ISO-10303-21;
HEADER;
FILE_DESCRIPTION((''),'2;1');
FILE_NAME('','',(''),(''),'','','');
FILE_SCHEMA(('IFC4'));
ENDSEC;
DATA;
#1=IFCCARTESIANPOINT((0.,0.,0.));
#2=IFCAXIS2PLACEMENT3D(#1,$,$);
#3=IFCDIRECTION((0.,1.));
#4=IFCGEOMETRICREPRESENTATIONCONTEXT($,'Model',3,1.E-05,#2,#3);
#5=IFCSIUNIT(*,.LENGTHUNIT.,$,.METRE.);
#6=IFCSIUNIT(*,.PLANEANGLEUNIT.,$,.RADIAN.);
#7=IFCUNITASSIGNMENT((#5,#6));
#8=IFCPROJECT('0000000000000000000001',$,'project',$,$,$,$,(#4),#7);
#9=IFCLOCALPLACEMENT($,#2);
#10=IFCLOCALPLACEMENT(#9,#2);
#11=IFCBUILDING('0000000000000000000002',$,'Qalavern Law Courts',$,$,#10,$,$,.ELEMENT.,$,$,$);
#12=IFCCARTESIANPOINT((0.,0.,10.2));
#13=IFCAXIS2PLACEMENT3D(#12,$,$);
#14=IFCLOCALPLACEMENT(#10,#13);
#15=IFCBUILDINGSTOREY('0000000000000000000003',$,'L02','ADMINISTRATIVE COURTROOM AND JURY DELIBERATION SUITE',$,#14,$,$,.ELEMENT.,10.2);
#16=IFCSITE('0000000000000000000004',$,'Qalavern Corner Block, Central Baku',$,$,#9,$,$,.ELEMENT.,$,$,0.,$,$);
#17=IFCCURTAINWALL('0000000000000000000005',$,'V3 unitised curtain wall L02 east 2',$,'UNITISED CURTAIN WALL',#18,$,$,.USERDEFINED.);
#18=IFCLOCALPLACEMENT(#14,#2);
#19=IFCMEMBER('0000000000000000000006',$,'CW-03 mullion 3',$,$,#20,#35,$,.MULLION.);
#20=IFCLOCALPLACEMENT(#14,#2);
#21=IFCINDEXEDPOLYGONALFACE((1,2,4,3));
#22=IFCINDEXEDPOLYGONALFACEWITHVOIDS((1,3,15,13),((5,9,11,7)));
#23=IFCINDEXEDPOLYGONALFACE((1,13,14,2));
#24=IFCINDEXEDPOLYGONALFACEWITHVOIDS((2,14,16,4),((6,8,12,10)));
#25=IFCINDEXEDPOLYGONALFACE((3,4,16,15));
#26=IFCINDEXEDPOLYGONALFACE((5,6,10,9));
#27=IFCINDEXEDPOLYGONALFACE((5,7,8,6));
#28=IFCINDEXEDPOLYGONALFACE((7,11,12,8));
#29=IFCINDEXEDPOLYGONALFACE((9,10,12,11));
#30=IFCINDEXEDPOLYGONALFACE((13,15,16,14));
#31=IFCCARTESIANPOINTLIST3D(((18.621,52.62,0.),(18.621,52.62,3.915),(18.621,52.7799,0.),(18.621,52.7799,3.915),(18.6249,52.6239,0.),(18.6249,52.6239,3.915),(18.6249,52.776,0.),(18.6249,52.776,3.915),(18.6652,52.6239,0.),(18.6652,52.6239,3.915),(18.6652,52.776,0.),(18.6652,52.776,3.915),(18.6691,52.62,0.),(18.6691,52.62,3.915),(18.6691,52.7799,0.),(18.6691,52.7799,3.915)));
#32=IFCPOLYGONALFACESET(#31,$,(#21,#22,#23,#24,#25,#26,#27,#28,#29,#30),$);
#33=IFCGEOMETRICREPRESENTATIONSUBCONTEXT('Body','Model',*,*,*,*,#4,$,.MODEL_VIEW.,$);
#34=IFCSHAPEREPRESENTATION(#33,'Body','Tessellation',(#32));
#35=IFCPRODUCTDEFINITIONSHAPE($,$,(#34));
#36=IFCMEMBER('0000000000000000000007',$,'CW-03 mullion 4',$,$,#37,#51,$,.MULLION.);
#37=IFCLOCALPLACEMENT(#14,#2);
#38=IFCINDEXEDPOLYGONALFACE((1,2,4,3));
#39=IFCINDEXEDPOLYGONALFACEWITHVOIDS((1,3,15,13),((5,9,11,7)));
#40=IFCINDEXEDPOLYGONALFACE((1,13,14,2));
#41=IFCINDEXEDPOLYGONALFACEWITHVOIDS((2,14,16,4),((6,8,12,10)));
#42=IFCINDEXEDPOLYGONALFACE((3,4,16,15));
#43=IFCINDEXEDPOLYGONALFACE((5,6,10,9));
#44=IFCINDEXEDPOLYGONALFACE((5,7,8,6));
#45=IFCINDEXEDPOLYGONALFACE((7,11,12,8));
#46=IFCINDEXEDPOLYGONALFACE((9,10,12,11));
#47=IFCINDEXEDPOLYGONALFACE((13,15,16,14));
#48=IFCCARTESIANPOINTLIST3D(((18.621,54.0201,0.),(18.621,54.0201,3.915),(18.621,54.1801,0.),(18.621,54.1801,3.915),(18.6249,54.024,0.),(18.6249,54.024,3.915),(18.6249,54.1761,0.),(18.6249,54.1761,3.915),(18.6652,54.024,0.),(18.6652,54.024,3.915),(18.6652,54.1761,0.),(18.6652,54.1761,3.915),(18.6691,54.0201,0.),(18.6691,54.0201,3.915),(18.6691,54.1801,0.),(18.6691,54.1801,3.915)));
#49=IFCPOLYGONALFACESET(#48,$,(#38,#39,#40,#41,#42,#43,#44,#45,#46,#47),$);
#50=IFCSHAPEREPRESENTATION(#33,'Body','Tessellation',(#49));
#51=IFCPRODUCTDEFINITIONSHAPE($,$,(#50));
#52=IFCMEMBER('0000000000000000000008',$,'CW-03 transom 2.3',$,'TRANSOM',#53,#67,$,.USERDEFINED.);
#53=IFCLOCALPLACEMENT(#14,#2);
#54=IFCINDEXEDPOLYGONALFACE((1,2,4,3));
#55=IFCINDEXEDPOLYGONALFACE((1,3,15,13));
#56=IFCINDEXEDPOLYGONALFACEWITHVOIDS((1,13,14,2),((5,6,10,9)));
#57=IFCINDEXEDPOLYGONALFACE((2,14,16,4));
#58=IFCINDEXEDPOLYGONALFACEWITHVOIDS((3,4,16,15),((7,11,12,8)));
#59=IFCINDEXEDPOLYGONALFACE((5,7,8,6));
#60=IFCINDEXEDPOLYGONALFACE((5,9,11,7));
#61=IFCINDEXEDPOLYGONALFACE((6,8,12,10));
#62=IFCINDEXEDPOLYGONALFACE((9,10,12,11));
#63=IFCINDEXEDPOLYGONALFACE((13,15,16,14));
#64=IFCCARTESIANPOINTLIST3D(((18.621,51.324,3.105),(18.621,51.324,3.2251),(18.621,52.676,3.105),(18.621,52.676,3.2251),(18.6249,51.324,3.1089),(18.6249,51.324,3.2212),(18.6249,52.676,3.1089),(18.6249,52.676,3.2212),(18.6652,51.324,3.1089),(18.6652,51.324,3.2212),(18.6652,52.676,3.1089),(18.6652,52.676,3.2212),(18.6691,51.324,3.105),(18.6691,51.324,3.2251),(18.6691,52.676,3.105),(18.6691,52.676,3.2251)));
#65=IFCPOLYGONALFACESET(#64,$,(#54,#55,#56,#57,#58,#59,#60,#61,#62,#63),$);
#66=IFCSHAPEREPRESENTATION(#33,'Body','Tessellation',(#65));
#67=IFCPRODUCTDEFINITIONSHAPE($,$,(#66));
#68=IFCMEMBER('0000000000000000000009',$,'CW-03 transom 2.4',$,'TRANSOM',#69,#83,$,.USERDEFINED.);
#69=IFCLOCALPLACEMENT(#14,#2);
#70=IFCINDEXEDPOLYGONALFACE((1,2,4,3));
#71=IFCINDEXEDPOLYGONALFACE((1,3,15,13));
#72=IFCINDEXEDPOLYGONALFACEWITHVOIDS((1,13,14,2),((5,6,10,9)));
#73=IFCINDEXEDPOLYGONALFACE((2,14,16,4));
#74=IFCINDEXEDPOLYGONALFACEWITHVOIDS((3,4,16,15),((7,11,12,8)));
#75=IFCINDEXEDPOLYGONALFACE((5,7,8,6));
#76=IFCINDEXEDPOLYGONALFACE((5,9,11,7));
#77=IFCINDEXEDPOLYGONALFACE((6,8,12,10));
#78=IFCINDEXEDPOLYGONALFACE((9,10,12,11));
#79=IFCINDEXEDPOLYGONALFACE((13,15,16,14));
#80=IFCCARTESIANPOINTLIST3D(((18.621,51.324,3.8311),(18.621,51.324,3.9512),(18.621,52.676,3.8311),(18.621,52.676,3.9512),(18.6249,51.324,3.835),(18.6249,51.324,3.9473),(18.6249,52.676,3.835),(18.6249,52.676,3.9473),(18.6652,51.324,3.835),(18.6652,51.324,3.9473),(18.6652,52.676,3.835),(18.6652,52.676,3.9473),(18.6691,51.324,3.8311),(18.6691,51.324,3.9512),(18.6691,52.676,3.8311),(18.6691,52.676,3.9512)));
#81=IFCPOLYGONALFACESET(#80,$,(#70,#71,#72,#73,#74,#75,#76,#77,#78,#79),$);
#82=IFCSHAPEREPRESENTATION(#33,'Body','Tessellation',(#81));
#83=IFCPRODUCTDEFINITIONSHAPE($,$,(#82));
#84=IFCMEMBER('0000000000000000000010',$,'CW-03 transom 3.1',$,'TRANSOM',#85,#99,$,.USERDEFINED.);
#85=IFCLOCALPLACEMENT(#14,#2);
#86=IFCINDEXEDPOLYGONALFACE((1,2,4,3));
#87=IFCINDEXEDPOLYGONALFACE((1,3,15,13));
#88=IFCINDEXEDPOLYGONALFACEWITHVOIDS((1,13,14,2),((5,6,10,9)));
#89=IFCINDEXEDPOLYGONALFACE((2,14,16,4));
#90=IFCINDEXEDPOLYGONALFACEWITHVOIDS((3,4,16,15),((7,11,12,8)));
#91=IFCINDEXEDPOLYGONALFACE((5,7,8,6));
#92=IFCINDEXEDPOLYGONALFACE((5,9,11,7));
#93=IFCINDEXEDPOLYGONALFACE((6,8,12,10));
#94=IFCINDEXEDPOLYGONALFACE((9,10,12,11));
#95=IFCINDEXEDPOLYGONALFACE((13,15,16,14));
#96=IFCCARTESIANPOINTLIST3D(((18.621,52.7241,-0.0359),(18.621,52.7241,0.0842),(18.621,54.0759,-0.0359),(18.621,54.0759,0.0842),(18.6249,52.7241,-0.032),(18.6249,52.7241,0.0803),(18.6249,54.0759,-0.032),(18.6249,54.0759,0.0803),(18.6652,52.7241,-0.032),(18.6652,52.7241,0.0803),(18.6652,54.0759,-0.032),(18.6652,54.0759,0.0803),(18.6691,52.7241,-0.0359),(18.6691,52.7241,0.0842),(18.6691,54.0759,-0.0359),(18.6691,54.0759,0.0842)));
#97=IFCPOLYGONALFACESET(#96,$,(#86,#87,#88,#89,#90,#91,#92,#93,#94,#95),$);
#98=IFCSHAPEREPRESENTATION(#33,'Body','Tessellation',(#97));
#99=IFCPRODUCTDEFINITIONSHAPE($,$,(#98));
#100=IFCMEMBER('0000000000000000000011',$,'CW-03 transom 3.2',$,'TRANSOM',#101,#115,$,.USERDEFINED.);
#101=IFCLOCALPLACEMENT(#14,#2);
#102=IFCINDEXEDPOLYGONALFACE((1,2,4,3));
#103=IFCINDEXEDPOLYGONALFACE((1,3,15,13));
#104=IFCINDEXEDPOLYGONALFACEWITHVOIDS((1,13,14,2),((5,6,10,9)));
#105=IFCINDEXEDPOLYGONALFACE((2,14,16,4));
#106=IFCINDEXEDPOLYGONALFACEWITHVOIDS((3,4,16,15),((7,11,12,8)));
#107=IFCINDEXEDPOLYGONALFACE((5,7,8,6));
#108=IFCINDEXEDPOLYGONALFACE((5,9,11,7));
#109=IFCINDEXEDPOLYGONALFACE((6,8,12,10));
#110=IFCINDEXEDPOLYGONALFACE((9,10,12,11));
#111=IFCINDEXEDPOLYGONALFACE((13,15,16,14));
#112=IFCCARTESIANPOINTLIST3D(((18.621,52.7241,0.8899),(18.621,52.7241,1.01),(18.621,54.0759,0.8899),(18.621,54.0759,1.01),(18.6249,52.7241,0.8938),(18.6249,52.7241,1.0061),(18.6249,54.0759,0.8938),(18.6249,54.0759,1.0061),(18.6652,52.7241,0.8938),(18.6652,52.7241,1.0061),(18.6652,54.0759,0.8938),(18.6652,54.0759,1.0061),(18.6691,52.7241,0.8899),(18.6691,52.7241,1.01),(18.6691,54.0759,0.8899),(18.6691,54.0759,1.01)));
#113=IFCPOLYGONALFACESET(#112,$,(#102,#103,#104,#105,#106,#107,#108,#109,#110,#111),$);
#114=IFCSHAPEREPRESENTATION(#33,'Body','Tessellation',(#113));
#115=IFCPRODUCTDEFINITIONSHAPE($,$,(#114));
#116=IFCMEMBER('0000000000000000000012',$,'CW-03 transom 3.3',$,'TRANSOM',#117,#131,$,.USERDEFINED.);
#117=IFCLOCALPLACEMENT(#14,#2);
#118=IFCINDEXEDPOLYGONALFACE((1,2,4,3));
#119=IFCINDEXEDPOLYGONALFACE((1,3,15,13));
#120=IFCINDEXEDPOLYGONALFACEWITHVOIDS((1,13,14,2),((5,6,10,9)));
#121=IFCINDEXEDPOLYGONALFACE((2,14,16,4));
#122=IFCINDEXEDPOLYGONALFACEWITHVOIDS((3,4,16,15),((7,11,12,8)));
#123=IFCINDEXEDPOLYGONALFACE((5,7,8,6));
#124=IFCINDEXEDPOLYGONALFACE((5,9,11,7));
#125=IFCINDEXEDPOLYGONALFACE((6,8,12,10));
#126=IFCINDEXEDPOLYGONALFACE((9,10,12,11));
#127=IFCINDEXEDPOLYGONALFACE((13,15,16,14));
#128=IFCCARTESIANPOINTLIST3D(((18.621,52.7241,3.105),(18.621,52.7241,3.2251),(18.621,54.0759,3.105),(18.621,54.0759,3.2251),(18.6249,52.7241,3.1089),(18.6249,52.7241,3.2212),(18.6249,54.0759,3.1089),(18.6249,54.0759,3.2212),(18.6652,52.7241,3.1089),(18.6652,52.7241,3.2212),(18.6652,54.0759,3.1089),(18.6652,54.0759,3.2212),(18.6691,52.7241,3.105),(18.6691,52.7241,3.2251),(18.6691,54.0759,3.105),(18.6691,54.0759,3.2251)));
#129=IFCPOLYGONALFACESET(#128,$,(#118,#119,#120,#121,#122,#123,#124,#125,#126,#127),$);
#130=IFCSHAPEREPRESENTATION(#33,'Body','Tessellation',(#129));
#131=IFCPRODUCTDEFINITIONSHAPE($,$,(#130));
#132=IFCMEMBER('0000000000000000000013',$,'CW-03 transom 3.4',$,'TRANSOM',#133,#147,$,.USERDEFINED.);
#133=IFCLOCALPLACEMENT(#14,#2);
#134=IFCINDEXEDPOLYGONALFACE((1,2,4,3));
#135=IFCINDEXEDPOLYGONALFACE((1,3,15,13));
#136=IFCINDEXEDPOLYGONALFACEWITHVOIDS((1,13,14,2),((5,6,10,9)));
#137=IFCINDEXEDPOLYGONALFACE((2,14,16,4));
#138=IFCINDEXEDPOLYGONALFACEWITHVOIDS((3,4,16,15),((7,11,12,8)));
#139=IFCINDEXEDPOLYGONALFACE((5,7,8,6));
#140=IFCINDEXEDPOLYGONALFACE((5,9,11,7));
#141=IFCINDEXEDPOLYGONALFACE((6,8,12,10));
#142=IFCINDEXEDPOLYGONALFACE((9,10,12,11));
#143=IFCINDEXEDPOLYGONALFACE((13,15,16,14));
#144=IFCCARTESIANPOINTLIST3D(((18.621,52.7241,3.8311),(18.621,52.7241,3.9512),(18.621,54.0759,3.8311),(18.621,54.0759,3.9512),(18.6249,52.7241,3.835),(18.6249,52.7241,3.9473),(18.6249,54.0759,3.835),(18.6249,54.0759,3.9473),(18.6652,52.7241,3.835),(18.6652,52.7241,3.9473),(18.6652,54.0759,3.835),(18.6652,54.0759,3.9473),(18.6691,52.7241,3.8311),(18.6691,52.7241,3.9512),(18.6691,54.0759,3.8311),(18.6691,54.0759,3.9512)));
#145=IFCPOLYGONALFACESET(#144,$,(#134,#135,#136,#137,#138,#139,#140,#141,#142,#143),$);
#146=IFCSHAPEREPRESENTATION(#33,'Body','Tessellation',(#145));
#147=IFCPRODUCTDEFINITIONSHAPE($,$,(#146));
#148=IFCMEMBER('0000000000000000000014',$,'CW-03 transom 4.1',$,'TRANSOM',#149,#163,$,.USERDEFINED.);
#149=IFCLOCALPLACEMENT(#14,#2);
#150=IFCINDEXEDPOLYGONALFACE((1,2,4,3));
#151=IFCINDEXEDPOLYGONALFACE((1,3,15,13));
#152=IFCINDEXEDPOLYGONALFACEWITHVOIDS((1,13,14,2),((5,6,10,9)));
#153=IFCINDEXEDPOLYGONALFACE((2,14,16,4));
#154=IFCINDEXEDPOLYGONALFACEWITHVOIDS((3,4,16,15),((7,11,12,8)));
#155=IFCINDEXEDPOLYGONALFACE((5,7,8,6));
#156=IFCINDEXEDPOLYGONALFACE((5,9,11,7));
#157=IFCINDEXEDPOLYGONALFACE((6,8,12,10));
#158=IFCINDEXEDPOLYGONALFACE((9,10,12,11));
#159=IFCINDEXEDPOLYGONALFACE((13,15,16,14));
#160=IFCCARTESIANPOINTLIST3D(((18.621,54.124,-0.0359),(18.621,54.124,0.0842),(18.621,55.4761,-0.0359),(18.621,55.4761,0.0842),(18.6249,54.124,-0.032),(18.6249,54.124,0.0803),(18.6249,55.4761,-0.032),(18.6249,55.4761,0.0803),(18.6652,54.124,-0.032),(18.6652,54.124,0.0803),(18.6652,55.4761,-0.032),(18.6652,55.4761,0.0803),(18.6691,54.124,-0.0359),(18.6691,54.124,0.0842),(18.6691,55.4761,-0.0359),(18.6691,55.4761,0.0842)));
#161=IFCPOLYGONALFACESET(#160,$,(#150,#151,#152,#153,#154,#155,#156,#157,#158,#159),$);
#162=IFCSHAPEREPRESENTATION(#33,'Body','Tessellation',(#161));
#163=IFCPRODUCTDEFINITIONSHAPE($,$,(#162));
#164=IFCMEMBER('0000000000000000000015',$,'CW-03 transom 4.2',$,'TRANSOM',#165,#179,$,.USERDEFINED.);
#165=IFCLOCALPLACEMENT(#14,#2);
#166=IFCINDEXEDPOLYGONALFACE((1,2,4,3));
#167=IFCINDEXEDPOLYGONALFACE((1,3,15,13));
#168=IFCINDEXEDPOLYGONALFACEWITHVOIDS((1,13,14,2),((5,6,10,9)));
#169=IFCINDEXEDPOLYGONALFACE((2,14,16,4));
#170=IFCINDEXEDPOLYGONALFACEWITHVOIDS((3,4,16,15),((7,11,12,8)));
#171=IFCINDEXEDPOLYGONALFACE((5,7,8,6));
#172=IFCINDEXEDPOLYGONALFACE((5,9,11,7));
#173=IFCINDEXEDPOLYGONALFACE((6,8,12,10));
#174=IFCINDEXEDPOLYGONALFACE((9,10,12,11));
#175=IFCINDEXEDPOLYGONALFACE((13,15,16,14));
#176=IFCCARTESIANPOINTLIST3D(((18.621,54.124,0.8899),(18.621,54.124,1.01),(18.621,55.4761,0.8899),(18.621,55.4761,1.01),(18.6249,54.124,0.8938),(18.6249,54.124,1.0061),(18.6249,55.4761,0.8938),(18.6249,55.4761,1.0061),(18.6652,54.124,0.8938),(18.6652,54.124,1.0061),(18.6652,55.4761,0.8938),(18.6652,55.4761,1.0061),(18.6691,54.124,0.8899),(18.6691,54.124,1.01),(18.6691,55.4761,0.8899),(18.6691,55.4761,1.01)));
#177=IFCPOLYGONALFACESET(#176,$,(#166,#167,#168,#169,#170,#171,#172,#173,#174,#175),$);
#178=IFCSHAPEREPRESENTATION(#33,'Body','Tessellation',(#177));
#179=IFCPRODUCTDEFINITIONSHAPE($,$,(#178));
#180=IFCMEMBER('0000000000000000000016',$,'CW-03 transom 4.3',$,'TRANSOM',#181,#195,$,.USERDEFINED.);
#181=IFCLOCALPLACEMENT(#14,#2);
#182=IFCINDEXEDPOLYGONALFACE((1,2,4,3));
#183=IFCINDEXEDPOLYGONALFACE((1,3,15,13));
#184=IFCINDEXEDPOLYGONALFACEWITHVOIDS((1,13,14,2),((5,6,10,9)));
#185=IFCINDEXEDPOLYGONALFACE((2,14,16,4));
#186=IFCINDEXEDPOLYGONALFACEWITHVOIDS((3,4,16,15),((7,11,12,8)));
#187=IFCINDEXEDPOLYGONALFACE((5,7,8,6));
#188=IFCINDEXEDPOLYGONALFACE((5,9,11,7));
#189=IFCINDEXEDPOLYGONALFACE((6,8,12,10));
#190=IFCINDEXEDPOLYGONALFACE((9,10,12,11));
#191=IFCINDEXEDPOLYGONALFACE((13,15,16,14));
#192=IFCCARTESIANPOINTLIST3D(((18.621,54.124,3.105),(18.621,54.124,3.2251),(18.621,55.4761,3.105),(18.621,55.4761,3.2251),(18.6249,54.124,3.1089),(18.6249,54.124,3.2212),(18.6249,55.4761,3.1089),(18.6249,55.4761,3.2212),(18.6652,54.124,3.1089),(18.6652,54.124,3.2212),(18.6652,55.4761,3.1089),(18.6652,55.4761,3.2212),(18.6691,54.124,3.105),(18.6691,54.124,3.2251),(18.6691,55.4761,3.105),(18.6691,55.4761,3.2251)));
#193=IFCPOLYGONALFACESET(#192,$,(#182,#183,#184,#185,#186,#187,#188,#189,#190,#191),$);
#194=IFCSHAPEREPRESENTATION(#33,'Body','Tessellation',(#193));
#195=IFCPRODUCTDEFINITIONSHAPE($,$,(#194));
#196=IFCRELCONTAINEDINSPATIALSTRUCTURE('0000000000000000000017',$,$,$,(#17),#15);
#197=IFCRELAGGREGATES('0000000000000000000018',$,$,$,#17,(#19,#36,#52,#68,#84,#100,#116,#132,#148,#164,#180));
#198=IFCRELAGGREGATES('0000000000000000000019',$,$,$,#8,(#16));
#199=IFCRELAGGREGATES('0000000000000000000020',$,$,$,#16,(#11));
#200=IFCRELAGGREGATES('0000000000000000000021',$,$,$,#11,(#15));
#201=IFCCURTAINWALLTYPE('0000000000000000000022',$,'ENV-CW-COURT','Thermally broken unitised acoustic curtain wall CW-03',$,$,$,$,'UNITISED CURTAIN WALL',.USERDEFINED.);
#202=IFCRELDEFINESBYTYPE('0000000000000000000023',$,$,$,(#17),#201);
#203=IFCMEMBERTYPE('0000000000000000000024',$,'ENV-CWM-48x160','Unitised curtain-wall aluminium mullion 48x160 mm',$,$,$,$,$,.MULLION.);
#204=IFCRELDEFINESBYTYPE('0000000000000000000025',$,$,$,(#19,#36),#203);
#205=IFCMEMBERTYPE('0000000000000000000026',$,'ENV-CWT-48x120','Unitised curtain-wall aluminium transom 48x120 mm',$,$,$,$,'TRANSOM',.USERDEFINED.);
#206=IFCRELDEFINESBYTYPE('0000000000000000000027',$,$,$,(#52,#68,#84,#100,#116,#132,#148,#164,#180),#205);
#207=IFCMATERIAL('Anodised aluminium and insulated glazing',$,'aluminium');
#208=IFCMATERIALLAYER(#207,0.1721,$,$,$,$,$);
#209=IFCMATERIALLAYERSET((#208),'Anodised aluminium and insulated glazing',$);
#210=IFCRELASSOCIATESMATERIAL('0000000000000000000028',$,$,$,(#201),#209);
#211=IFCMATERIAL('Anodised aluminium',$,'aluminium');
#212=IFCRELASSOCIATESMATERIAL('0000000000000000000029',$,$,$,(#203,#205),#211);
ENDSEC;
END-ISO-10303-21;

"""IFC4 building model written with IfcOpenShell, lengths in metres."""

from ifc_helpers import new_model, si_unit, direction, frame, origin, origin_2d, place, context, subcontext, project, spatial, hollow_rectangle, extrude, material, layer, layer_set, material_profile, profile_set, type_object, element, aggregate, save


model = new_model("IFC4")

# Units and contexts
model_context = context("Model", 3, precision=1e-05, world=origin(), true_north=direction((0.0, 1.0)))
body_context = subcontext(model_context, "Body", "Model", "MODEL_VIEW")
ifc_project = project(units=[si_unit("LENGTHUNIT", "METRE"), si_unit("PLANEANGLEUNIT", "RADIAN")], contexts=[model_context])

# Site, building, storey
site_placement = place(None, origin())
site = spatial("IfcSite", under=ifc_project, at=site_placement, Name="Qalavern Corner Block, Central Baku", CompositionType="ELEMENT", RefElevation=0.0)
building_placement = place(site_placement, origin())
building = spatial("IfcBuilding", under=site, at=building_placement, Name="Qalavern Law Courts", CompositionType="ELEMENT")
storey_placement = place(building_placement, frame((0.0, 0.0, 10.2)))
storey = spatial("IfcBuildingStorey", under=building, at=storey_placement, Name="L02", Description="ADMINISTRATIVE COURTROOM AND JURY DELIBERATION SUITE", CompositionType="ELEMENT", Elevation=10.2)

# Curtain wall, members
ifc_material_1 = material(Name="Anodised aluminium and insulated glazing", Category="aluminium")
ifc_layer_1 = layer(ifc_material_1, 0.1721)
ifc_layer_set_1 = layer_set([ifc_layer_1], Name="Anodised aluminium and insulated glazing")
curtain_wall_type = type_object("IfcCurtainWallType", Name="ENV-CW-COURT", Description="Thermally broken unitised acoustic curtain wall CW-03", ElementType="UNITISED CURTAIN WALL", PredefinedType="USERDEFINED", material=ifc_layer_set_1)
curtain_wall_placement = place(storey_placement, origin())
curtain_wall = element("IfcCurtainWall", 1, at=curtain_wall_placement, inside=storey, type_object=curtain_wall_type, Name="V3 unitised curtain wall L02 east 2", ObjectType="UNITISED CURTAIN WALL", PredefinedType="USERDEFINED")
ifc_material_2 = material(Name="Anodised aluminium", Category="aluminium")
ifc_material_profile_1 = material_profile(ifc_material_2, hollow_rectangle(XDim=0.0481, YDim=0.1599, WallThickness=0.0039, at=origin_2d()), Name="ALU MULLION 48x160")
ifc_profile_set_1 = profile_set([ifc_material_profile_1], Name="Anodised aluminium")
member_type_1 = type_object("IfcMemberType", Name="ENV-CWM-48x160", Description="Unitised curtain-wall aluminium mullion 48x160 mm", PredefinedType="MULLION", material=ifc_profile_set_1)
member_1_placement = place(storey_placement, frame((18.645, 52.7, 0.0), z_axis=(0.0, 0.0, 1.0), x_axis=(-1.0, 0.0, 0.0)))
member_1 = element("IfcMember", 2, at=member_1_placement, type_object=member_type_1, Name="CW-03 mullion 3", PredefinedType="MULLION", context=body_context, shape_type="SweptSolid", body=[
    extrude(hollow_rectangle(XDim=0.0481, YDim=0.1599, WallThickness=0.0039, at=origin_2d()), origin(), (0.0, 0.0, 1.0), 3.915),
])
member_2_placement = place(storey_placement, frame((18.645, 54.1001, 0.0), z_axis=(0.0, 0.0, 1.0), x_axis=(-1.0, 0.0, 0.0)))
member_2 = element("IfcMember", 3, at=member_2_placement, type_object=member_type_1, Name="CW-03 mullion 4", PredefinedType="MULLION", context=body_context, shape_type="SweptSolid", body=[
    extrude(hollow_rectangle(XDim=0.0481, YDim=0.1599, WallThickness=0.0039, at=origin_2d()), origin(), (0.0, 0.0, 1.0), 3.915),
])
ifc_material_profile_2 = material_profile(ifc_material_2, hollow_rectangle(XDim=0.0481, YDim=0.1201, WallThickness=0.0039, at=origin_2d()), Name="ALU TRANSOM 48x120")
ifc_profile_set_2 = profile_set([ifc_material_profile_2], Name="Anodised aluminium")
member_type_2 = type_object("IfcMemberType", Name="ENV-CWT-48x120", Description="Unitised curtain-wall aluminium transom 48x120 mm", ElementType="TRANSOM", PredefinedType="USERDEFINED", material=ifc_profile_set_2)
member_3_placement = place(storey_placement, frame((18.645, 51.324, 3.165), z_axis=(0.0, 1.0, 0.0), x_axis=(-1.0, 0.0, 0.0)))
member_3 = element("IfcMember", 4, at=member_3_placement, type_object=member_type_2, Name="CW-03 transom 2.3", ObjectType="TRANSOM", PredefinedType="USERDEFINED", context=body_context, shape_type="SweptSolid", body=[
    extrude(hollow_rectangle(XDim=0.0481, YDim=0.1201, WallThickness=0.0039, at=origin_2d()), origin(), (0.0, 0.0, 1.0), 1.3521),
])
member_4_placement = place(storey_placement, frame((18.645, 51.324, 3.8911), z_axis=(0.0, 1.0, 0.0), x_axis=(-1.0, 0.0, 0.0)))
member_4 = element("IfcMember", 5, at=member_4_placement, type_object=member_type_2, Name="CW-03 transom 2.4", ObjectType="TRANSOM", PredefinedType="USERDEFINED", context=body_context, shape_type="SweptSolid", body=[
    extrude(hollow_rectangle(XDim=0.0481, YDim=0.1201, WallThickness=0.0039, at=origin_2d()), origin(), (0.0, 0.0, 1.0), 1.3521),
])
member_5_placement = place(storey_placement, frame((18.645, 52.7241, 0.0242), z_axis=(0.0, 1.0, 0.0), x_axis=(-1.0, 0.0, 0.0)))
member_5 = element("IfcMember", 6, at=member_5_placement, type_object=member_type_2, Name="CW-03 transom 3.1", ObjectType="TRANSOM", PredefinedType="USERDEFINED", context=body_context, shape_type="SweptSolid", body=[
    extrude(hollow_rectangle(XDim=0.0481, YDim=0.1201, WallThickness=0.0039, at=origin_2d()), origin(), (0.0, 0.0, 1.0), 1.3518),
])
member_6_placement = place(storey_placement, frame((18.645, 52.7241, 0.95), z_axis=(0.0, 1.0, 0.0), x_axis=(-1.0, 0.0, 0.0)))
member_6 = element("IfcMember", 7, at=member_6_placement, type_object=member_type_2, Name="CW-03 transom 3.2", ObjectType="TRANSOM", PredefinedType="USERDEFINED", context=body_context, shape_type="SweptSolid", body=[
    extrude(hollow_rectangle(XDim=0.0481, YDim=0.1201, WallThickness=0.0039, at=origin_2d()), origin(), (0.0, 0.0, 1.0), 1.3518),
])
member_7_placement = place(storey_placement, frame((18.645, 52.7241, 3.165), z_axis=(0.0, 1.0, 0.0), x_axis=(-1.0, 0.0, 0.0)))
member_7 = element("IfcMember", 8, at=member_7_placement, type_object=member_type_2, Name="CW-03 transom 3.3", ObjectType="TRANSOM", PredefinedType="USERDEFINED", context=body_context, shape_type="SweptSolid", body=[
    extrude(hollow_rectangle(XDim=0.0481, YDim=0.1201, WallThickness=0.0039, at=origin_2d()), origin(), (0.0, 0.0, 1.0), 1.3518),
])
member_8_placement = place(storey_placement, frame((18.645, 52.7241, 3.8911), z_axis=(0.0, 1.0, 0.0), x_axis=(-1.0, 0.0, 0.0)))
member_8 = element("IfcMember", 9, at=member_8_placement, type_object=member_type_2, Name="CW-03 transom 3.4", ObjectType="TRANSOM", PredefinedType="USERDEFINED", context=body_context, shape_type="SweptSolid", body=[
    extrude(hollow_rectangle(XDim=0.0481, YDim=0.1201, WallThickness=0.0039, at=origin_2d()), origin(), (0.0, 0.0, 1.0), 1.3518),
])
member_9_placement = place(storey_placement, frame((18.645, 54.124, 0.0242), z_axis=(0.0, 1.0, 0.0), x_axis=(-1.0, 0.0, 0.0)))
member_9 = element("IfcMember", 10, at=member_9_placement, type_object=member_type_2, Name="CW-03 transom 4.1", ObjectType="TRANSOM", PredefinedType="USERDEFINED", context=body_context, shape_type="SweptSolid", body=[
    extrude(hollow_rectangle(XDim=0.0481, YDim=0.1201, WallThickness=0.0039, at=origin_2d()), origin(), (0.0, 0.0, 1.0), 1.3521),
])
member_10_placement = place(storey_placement, frame((18.645, 54.124, 0.95), z_axis=(0.0, 1.0, 0.0), x_axis=(-1.0, 0.0, 0.0)))
member_10 = element("IfcMember", 11, at=member_10_placement, type_object=member_type_2, Name="CW-03 transom 4.2", ObjectType="TRANSOM", PredefinedType="USERDEFINED", context=body_context, shape_type="SweptSolid", body=[
    extrude(hollow_rectangle(XDim=0.0481, YDim=0.1201, WallThickness=0.0039, at=origin_2d()), origin(), (0.0, 0.0, 1.0), 1.3521),
])
member_11_placement = place(storey_placement, frame((18.645, 54.124, 3.165), z_axis=(0.0, 1.0, 0.0), x_axis=(-1.0, 0.0, 0.0)))
member_11 = element("IfcMember", 12, at=member_11_placement, type_object=member_type_2, Name="CW-03 transom 4.3", ObjectType="TRANSOM", PredefinedType="USERDEFINED", context=body_context, shape_type="SweptSolid", body=[
    extrude(hollow_rectangle(XDim=0.0481, YDim=0.1201, WallThickness=0.0039, at=origin_2d()), origin(), (0.0, 0.0, 1.0), 1.3521),
])
aggregate(curtain_wall, [member_1, member_2, member_3, member_4, member_5, member_6, member_7, member_8, member_9, member_10, member_11])

save(model, "model.ifc")
